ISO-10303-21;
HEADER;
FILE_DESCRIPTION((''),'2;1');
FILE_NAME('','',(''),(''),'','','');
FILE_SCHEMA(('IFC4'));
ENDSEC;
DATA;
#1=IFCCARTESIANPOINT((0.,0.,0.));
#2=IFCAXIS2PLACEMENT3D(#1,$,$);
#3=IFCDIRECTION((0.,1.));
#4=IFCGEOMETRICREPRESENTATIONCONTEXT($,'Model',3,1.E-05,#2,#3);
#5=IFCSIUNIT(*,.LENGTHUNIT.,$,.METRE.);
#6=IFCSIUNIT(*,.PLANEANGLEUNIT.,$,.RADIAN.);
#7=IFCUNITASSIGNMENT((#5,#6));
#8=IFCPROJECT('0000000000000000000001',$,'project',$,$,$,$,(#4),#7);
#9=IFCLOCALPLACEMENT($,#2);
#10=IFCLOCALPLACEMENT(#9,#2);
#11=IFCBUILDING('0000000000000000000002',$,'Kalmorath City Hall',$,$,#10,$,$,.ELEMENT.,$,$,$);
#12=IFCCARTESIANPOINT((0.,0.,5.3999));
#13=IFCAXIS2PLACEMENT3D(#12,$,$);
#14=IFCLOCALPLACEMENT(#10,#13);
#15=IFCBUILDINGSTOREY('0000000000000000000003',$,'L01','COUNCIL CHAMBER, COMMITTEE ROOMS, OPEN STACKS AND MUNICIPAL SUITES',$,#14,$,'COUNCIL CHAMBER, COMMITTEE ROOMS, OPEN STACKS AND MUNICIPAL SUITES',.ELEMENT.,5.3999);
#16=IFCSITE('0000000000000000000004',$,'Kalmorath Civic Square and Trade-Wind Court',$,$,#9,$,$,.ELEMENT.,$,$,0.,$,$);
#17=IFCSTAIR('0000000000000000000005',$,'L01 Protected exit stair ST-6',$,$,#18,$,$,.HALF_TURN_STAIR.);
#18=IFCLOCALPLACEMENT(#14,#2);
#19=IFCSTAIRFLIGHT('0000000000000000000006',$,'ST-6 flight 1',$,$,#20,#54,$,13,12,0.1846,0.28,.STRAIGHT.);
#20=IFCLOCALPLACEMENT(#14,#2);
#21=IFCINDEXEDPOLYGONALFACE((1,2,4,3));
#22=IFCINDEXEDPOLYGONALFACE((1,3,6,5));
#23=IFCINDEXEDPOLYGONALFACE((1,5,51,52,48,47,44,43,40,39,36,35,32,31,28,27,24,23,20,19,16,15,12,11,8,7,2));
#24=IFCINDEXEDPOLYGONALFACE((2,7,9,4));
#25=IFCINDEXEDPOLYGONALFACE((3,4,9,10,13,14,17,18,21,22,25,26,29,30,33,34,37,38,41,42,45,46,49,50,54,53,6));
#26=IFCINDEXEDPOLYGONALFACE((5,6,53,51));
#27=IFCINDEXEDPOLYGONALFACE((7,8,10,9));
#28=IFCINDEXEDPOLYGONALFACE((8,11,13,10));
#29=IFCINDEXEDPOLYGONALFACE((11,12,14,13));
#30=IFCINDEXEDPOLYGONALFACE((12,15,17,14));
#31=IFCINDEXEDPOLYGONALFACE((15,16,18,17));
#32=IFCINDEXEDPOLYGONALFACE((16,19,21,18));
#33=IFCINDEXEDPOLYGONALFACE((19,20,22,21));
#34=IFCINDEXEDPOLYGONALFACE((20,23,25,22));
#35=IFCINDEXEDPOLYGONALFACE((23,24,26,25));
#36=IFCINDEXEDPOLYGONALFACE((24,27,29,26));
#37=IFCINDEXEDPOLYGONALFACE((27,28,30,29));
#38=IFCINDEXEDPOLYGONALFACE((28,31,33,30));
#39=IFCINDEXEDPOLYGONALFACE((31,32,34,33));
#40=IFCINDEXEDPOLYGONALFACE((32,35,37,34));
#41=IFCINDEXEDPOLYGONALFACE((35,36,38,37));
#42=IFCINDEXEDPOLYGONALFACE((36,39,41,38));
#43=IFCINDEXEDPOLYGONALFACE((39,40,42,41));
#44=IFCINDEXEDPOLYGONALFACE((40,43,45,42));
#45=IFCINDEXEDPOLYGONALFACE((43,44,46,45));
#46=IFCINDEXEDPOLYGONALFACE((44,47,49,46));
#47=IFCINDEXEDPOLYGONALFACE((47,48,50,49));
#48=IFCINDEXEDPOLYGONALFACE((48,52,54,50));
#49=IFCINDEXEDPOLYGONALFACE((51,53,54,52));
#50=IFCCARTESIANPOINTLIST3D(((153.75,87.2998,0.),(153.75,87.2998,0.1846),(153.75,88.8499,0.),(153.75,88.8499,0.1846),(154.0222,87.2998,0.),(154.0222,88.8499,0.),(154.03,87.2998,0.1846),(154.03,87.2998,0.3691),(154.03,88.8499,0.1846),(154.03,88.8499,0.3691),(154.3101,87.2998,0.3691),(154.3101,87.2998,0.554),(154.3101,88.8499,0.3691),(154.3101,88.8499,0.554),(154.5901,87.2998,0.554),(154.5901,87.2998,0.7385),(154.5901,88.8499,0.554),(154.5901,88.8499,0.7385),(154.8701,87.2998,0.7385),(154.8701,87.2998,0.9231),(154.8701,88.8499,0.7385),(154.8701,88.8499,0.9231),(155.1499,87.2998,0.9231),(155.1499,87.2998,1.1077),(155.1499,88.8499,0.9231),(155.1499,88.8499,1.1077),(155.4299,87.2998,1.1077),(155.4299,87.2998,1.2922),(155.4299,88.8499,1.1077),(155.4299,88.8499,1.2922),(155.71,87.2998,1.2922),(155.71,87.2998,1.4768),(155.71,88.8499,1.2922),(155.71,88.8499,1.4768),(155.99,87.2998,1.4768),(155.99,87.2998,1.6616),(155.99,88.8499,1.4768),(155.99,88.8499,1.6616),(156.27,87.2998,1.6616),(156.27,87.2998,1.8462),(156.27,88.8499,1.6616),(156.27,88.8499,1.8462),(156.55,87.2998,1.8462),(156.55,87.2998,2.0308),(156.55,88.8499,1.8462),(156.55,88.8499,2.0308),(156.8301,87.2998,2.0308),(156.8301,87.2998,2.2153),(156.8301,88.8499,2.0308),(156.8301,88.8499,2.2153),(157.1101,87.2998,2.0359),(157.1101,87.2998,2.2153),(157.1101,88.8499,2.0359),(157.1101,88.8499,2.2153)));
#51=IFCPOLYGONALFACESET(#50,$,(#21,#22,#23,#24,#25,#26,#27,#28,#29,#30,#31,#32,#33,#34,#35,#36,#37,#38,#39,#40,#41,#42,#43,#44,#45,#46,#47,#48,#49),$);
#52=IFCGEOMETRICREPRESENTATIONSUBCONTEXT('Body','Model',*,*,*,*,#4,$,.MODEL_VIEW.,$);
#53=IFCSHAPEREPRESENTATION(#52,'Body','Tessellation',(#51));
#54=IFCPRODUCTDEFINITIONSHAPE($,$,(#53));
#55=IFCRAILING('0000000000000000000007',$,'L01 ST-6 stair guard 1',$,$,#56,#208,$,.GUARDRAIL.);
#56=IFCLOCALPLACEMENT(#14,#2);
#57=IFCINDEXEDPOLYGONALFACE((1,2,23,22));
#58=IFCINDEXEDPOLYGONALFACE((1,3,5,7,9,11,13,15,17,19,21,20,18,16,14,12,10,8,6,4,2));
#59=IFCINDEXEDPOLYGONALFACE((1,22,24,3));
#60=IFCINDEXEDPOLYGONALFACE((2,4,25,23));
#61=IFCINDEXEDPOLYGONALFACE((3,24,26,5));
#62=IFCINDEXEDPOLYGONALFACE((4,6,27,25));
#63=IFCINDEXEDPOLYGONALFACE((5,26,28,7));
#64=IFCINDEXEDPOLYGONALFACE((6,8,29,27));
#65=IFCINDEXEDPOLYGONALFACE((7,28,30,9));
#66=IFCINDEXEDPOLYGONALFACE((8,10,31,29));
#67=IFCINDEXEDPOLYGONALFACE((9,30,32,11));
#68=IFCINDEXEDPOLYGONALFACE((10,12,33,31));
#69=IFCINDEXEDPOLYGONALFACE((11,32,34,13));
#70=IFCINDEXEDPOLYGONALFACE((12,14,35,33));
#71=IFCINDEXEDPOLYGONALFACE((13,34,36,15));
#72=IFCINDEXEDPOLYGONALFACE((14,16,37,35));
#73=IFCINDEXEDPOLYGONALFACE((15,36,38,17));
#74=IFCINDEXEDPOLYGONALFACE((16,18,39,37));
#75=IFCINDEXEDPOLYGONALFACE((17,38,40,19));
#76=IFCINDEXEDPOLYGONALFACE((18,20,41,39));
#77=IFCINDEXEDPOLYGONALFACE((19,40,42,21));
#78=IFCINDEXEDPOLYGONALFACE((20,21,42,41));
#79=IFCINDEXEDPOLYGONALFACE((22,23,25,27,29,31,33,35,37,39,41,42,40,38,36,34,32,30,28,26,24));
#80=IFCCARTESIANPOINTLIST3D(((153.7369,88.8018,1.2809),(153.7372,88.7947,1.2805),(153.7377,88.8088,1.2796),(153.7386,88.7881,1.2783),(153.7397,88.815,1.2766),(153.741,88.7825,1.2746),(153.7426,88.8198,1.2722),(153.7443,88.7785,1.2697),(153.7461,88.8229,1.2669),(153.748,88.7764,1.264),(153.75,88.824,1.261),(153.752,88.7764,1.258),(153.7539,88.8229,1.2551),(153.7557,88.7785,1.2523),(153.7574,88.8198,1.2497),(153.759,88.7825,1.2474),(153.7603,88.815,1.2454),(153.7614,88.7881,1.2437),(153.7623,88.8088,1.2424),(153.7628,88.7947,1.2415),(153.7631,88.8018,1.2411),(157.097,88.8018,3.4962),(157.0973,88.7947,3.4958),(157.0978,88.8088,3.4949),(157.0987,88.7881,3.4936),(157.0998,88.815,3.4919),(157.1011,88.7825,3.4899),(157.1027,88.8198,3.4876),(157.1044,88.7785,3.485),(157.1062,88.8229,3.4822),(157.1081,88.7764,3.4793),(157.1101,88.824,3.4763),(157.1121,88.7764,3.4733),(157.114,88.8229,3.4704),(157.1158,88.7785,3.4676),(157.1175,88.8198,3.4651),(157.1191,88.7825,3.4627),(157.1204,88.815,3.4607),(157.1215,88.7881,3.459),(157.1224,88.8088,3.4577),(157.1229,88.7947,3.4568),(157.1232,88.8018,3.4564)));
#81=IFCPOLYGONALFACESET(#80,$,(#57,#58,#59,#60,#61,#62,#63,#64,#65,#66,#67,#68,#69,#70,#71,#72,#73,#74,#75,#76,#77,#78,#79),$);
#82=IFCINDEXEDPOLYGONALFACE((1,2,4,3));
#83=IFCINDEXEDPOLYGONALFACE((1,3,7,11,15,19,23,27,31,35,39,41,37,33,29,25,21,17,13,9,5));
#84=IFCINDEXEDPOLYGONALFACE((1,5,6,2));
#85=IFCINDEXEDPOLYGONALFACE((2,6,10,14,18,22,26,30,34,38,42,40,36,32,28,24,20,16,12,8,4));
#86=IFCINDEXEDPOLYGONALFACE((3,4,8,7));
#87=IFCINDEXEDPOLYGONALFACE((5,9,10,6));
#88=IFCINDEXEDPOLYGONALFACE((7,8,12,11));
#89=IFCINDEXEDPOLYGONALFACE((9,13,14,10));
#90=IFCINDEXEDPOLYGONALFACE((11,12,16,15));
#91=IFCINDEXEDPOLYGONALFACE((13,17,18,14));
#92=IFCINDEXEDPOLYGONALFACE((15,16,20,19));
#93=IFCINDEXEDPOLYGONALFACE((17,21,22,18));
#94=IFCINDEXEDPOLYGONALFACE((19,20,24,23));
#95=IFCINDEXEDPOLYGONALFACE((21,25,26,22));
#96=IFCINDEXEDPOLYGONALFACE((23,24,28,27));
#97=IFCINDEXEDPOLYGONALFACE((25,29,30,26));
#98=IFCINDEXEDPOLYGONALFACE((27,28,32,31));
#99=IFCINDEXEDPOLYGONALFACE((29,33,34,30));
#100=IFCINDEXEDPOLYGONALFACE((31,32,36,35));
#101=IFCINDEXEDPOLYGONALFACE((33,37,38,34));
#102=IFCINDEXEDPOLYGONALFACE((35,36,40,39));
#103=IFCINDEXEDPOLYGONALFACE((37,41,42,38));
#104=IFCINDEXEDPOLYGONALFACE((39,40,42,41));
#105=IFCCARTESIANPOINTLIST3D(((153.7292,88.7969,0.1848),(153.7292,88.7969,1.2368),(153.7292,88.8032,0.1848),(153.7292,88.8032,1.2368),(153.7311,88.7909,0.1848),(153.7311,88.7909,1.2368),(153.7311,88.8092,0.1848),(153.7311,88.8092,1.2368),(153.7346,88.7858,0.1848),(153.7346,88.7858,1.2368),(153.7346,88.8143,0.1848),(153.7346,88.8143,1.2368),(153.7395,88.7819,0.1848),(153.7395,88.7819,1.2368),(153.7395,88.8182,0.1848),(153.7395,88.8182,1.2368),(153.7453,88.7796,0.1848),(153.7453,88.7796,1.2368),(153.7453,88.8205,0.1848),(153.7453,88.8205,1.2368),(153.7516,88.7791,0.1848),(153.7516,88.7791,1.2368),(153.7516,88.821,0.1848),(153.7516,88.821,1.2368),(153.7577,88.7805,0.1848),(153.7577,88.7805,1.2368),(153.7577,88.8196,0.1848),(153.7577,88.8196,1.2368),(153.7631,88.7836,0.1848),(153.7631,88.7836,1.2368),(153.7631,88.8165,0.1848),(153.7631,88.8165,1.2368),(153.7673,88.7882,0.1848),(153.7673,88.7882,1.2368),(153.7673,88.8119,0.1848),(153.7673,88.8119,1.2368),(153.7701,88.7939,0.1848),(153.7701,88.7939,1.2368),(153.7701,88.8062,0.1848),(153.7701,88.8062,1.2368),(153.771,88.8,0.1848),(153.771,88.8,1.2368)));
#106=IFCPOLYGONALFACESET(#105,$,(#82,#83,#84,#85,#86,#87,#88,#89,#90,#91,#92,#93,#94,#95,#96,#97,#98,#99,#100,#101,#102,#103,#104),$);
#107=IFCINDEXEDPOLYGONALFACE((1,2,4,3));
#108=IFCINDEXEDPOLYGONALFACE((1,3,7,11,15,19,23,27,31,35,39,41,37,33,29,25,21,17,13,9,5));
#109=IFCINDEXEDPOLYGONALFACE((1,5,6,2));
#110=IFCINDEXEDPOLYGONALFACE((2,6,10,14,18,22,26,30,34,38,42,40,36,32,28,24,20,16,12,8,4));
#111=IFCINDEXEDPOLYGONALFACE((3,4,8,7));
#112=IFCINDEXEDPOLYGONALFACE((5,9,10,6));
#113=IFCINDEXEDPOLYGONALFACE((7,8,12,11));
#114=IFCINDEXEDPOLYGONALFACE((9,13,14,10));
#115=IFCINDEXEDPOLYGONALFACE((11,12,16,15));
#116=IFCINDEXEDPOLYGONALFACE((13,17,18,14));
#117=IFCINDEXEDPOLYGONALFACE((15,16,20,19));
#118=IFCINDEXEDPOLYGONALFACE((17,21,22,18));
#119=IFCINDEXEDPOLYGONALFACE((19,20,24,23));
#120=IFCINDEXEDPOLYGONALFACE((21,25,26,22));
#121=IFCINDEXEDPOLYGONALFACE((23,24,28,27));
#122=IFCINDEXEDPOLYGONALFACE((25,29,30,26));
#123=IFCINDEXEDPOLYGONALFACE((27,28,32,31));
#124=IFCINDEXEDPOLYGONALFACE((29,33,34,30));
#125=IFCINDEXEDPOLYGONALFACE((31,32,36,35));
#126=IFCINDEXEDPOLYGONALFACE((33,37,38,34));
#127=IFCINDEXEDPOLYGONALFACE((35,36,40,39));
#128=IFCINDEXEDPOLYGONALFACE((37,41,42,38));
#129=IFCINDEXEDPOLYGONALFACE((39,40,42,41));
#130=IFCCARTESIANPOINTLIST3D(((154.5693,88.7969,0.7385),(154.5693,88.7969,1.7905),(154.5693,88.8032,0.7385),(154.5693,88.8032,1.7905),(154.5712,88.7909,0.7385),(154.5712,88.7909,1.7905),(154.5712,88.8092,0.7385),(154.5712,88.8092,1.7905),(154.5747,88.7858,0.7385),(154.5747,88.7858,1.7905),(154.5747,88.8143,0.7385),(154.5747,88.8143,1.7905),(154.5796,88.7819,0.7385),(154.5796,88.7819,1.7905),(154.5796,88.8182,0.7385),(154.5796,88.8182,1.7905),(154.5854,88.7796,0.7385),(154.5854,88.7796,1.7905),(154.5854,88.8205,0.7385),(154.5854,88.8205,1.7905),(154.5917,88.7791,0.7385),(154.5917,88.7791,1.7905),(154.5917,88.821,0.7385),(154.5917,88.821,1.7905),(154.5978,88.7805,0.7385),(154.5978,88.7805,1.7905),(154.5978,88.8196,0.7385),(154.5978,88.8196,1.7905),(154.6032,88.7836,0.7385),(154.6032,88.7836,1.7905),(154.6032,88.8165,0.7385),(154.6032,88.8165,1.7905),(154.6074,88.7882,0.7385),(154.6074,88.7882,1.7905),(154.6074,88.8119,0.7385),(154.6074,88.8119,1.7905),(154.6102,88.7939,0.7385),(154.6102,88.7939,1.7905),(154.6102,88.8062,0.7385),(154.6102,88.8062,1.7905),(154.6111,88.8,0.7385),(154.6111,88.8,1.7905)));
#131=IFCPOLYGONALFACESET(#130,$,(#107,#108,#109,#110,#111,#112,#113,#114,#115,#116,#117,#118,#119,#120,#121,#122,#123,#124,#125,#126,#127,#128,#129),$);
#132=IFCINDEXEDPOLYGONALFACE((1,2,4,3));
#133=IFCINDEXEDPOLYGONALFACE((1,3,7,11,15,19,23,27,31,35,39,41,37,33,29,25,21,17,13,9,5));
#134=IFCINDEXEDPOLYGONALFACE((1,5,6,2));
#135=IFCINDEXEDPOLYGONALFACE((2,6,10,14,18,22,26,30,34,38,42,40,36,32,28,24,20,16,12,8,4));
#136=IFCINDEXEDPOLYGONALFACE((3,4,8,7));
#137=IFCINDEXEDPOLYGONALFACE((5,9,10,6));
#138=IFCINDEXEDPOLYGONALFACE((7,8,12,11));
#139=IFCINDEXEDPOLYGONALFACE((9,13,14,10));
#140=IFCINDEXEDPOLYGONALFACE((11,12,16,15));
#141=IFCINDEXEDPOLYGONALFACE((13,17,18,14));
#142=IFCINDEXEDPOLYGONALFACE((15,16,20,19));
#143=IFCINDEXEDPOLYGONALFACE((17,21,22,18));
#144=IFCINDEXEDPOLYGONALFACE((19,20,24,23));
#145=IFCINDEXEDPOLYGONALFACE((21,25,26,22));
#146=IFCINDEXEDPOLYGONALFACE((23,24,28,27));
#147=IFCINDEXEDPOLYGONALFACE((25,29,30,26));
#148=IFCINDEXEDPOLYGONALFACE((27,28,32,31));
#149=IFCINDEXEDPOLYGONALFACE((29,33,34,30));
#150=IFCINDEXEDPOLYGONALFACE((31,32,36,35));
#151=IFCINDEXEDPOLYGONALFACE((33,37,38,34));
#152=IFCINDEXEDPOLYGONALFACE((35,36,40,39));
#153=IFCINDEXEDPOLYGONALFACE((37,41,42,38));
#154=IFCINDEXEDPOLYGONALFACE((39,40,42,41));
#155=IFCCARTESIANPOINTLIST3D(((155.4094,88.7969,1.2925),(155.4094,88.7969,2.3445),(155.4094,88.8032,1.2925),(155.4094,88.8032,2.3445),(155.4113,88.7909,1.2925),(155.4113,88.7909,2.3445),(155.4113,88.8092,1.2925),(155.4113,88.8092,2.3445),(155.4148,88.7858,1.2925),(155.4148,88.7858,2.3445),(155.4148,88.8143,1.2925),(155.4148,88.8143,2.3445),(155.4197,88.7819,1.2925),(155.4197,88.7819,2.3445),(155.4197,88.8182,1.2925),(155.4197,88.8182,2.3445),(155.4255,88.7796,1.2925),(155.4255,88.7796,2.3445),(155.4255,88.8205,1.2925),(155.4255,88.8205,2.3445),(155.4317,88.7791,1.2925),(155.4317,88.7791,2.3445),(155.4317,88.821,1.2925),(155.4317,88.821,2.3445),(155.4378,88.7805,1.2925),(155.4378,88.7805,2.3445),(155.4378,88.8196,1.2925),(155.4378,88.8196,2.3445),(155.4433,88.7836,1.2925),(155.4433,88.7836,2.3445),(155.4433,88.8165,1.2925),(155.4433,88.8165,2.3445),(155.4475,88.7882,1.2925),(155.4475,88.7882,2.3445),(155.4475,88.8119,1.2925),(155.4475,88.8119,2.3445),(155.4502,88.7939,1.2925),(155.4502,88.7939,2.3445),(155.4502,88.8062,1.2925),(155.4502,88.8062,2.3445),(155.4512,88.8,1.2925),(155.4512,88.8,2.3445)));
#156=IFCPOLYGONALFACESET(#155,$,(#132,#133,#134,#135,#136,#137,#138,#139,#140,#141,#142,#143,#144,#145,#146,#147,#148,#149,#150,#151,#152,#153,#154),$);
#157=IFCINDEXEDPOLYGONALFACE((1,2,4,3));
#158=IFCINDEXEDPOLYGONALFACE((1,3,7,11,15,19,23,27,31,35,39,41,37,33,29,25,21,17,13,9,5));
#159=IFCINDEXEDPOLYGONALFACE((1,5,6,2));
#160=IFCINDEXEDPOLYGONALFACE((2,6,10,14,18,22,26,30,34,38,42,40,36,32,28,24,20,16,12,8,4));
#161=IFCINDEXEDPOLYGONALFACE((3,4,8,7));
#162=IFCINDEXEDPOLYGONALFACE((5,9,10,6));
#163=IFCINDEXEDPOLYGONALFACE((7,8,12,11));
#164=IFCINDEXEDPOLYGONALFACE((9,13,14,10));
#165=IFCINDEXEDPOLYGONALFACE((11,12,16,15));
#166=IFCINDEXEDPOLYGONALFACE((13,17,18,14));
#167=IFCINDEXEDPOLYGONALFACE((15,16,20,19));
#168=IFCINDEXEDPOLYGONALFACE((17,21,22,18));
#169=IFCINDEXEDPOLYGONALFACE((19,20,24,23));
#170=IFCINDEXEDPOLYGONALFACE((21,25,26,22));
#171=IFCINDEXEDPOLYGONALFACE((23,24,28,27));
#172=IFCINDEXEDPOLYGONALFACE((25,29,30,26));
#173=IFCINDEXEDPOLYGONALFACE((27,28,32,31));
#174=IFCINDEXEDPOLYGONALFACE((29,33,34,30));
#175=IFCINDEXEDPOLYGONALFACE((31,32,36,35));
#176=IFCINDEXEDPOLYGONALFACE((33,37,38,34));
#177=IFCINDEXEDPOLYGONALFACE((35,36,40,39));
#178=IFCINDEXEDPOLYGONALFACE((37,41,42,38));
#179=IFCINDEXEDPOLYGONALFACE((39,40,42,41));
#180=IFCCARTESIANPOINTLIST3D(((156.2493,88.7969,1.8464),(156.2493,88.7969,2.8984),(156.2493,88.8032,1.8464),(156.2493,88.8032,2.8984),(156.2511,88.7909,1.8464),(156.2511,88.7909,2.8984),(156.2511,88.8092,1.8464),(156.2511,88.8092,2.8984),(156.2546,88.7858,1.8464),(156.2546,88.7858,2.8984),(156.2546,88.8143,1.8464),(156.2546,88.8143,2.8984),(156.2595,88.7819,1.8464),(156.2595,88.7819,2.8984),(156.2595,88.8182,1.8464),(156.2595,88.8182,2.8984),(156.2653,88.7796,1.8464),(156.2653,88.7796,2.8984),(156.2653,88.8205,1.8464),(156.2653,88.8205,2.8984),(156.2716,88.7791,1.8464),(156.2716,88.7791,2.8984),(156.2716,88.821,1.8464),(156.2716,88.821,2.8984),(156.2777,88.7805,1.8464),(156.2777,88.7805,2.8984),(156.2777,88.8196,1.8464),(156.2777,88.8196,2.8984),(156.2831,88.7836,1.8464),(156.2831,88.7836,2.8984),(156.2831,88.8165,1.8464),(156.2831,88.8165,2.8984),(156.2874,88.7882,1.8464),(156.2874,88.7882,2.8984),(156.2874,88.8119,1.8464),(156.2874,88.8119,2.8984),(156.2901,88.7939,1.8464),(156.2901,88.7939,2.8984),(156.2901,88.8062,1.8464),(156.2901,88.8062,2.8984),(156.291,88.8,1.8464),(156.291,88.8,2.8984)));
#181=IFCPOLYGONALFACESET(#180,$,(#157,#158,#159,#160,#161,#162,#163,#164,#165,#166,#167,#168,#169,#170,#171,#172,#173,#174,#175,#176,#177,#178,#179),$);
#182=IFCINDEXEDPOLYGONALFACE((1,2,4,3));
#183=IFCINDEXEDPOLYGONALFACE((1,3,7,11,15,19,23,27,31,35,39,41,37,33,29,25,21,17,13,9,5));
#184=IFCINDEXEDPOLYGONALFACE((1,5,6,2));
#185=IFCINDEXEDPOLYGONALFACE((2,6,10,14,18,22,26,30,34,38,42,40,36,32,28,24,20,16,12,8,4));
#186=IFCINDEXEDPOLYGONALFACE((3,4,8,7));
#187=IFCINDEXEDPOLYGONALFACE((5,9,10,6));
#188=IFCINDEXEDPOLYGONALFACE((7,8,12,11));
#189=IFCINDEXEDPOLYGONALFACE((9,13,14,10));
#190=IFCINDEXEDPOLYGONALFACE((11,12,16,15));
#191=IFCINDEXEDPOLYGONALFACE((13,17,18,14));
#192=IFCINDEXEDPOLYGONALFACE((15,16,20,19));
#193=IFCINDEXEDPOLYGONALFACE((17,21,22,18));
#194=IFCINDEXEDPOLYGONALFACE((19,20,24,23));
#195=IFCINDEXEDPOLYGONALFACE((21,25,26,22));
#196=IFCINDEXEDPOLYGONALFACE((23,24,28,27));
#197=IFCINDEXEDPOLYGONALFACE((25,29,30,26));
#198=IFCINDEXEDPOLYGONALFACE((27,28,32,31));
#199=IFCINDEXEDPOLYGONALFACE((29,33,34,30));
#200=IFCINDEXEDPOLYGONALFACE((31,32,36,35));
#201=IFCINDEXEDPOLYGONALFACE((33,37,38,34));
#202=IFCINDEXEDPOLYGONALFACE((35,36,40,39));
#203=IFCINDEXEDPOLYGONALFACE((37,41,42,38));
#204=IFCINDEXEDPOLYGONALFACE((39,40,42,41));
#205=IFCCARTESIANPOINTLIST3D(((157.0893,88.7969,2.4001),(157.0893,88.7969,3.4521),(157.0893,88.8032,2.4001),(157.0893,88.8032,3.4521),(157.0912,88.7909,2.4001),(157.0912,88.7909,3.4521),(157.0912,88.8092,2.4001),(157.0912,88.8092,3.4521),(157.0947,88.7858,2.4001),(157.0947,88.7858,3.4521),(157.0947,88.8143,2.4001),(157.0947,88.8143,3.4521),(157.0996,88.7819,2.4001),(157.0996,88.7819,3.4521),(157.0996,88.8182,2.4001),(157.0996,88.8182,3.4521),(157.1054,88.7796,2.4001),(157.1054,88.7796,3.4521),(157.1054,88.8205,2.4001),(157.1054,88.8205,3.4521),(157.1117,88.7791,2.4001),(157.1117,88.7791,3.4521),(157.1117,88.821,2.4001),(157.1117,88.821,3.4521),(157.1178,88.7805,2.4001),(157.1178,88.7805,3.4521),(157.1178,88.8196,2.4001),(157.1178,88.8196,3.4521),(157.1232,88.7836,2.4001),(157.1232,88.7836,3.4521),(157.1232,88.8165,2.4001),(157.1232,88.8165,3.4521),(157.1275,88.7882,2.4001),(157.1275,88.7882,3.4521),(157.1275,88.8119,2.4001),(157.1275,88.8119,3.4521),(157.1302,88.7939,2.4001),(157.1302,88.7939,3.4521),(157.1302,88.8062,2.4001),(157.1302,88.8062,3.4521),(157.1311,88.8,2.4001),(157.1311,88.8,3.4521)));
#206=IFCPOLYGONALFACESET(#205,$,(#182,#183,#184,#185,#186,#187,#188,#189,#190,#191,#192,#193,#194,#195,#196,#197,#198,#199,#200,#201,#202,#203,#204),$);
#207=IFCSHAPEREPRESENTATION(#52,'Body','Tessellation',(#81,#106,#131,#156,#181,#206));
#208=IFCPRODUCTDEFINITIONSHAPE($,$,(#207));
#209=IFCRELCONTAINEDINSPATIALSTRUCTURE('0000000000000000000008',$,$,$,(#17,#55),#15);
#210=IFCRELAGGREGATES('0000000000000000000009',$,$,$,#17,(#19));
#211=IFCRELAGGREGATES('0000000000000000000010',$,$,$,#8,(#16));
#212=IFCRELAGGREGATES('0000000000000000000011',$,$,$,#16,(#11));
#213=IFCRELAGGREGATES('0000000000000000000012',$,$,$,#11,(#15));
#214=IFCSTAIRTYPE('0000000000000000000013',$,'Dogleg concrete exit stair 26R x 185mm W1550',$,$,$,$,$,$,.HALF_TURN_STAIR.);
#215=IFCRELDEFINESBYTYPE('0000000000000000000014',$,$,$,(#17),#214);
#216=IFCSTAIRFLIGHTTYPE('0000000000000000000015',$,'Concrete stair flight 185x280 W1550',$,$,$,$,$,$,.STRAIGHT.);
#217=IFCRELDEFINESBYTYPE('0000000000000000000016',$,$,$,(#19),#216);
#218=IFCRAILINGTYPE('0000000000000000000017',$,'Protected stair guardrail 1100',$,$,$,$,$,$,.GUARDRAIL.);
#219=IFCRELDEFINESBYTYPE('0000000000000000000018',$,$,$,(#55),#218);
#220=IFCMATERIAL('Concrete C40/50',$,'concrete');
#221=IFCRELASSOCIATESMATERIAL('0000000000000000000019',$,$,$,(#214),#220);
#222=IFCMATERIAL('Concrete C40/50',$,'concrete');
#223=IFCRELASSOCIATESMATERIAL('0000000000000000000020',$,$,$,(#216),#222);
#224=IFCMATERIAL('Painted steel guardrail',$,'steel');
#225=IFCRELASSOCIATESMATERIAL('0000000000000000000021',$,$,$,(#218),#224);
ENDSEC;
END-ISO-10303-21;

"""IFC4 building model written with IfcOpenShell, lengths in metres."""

from ifc_helpers import new_model, si_unit, direction, frame, origin, origin_2d, place, context, subcontext, project, spatial, polyline, circle, outline, extrude, material, type_object, element, aggregate, save


model = new_model("IFC4")

# Units and contexts
model_context = context("Model", 3, precision=1e-05, world=origin(), true_north=direction((0.0, 1.0)))
body_context = subcontext(model_context, "Body", "Model", "MODEL_VIEW")
ifc_project = project(units=[si_unit("LENGTHUNIT", "METRE"), si_unit("PLANEANGLEUNIT", "RADIAN")], contexts=[model_context])

# Site, building, storey
site_placement = place(None, origin())
site = spatial("IfcSite", under=ifc_project, at=site_placement, Name="Kalmorath Civic Square and Trade-Wind Court", CompositionType="ELEMENT", RefElevation=0.0)
building_placement = place(site_placement, origin())
building = spatial("IfcBuilding", under=site, at=building_placement, Name="Kalmorath City Hall", CompositionType="ELEMENT")
storey_placement = place(building_placement, frame((0.0, 0.0, 5.3999)))
storey = spatial("IfcBuildingStorey", under=building, at=storey_placement, Name="L01", Description="COUNCIL CHAMBER, COMMITTEE ROOMS, OPEN STACKS AND MUNICIPAL SUITES", LongName="COUNCIL CHAMBER, COMMITTEE ROOMS, OPEN STACKS AND MUNICIPAL SUITES", CompositionType="ELEMENT", Elevation=5.3999)

# Stair, stair flight
ifc_material_1 = material(Name="Concrete C40/50", Category="concrete")
stair_type = type_object("IfcStairType", Name="Dogleg concrete exit stair 26R x 185mm W1550", PredefinedType="HALF_TURN_STAIR", material=ifc_material_1)
stair_placement = place(storey_placement, origin())
stair = element("IfcStair", 1, at=stair_placement, inside=storey, type_object=stair_type, Name="L01 Protected exit stair ST-6", PredefinedType="HALF_TURN_STAIR")
ifc_material_2 = material(Name="Concrete C40/50", Category="concrete")
stair_flight_type = type_object("IfcStairFlightType", Name="Concrete stair flight 185x280 W1550", PredefinedType="STRAIGHT", material=ifc_material_2)
stair_flight_placement = place(storey_placement, frame((153.75, 88.075, 0.0), z_axis=(0.0, 0.0, 1.0), x_axis=(1.0, 0.0, 0.0)))
stair_flight = element("IfcStairFlight", 2, at=stair_flight_placement, type_object=stair_flight_type, Name="ST-6 flight 1", NumberOfRisers=13, NumberOfTreads=12, PredefinedType="STRAIGHT", RiserHeight=0.1846, TreadLength=0.28, context=body_context, shape_type="SweptSolid", body=[
    extrude(outline(polyline([(0.0, 0.0), (0.0, 0.1846), (0.28, 0.1846), (0.28, 0.3691), (0.5601, 0.3691), (0.5601, 0.554), (0.8401, 0.554), (0.8401, 0.7385), (1.1201, 0.7385), (1.1201, 0.9231), (1.3999, 0.9231), (1.3999, 1.1077), (1.6799, 1.1077), (1.6799, 1.2922), (1.96, 1.2922), (1.96, 1.4768), (2.24, 1.4768), (2.24, 1.6616), (2.52, 1.6616), (2.52, 1.8462), (2.8, 1.8462), (2.8, 2.0308), (3.0801, 2.0308), (3.0801, 2.2153), (3.3601, 2.2153), (3.3601, 2.3999), (3.3601, 2.0359), (0.2722, 0.0), (0.0, 0.0)])), frame((0.0, 0.7749, 0.0), z_axis=(0.0, -1.0, 0.0), x_axis=(1.0, 0.0, 0.0)), (0.0, 0.0, 1.0), 1.55),
])
aggregate(stair, [stair_flight])

# Railing
ifc_material_3 = material(Name="Painted steel guardrail", Category="steel")
railing_type_1 = type_object("IfcRailingType", Name="Protected stair guardrail 1100", PredefinedType="GUARDRAIL", material=ifc_material_3)
railing_1_placement = place(storey_placement, frame((153.75, 88.8, 0.1848)))
element("IfcRailing", 3, at=railing_1_placement, inside=storey, type_object=railing_type_1, Name="L01 ST-6 stair guard 1", PredefinedType="GUARDRAIL", context=body_context, shape_type="SweptSolid", body=[
    extrude(circle(Radius=0.0239, at=origin_2d()), frame((0.0, 0.0, 1.0762), z_axis=(0.834876, 0.0, 0.550437), x_axis=(0.0, 1.0, 0.0)), (0.0, 0.0, 1.0), 4.0247),
    extrude(circle(Radius=0.021, at=origin_2d()), origin(), (0.0, 0.0, 1.0), 1.052),
    extrude(circle(Radius=0.021, at=origin_2d()), frame((0.8401, 0.0, 0.5537)), (0.0, 0.0, 1.0), 1.052),
    extrude(circle(Radius=0.021, at=origin_2d()), frame((1.6802, 0.0, 1.1077)), (0.0, 0.0, 1.0), 1.052),
    extrude(circle(Radius=0.021, at=origin_2d()), frame((2.52, 0.0, 1.6616)), (0.0, 0.0, 1.0), 1.052),
    extrude(circle(Radius=0.021, at=origin_2d()), frame((3.3601, 0.0, 2.2153)), (0.0, 0.0, 1.0), 1.052),
])

save(model, "model.ifc")
